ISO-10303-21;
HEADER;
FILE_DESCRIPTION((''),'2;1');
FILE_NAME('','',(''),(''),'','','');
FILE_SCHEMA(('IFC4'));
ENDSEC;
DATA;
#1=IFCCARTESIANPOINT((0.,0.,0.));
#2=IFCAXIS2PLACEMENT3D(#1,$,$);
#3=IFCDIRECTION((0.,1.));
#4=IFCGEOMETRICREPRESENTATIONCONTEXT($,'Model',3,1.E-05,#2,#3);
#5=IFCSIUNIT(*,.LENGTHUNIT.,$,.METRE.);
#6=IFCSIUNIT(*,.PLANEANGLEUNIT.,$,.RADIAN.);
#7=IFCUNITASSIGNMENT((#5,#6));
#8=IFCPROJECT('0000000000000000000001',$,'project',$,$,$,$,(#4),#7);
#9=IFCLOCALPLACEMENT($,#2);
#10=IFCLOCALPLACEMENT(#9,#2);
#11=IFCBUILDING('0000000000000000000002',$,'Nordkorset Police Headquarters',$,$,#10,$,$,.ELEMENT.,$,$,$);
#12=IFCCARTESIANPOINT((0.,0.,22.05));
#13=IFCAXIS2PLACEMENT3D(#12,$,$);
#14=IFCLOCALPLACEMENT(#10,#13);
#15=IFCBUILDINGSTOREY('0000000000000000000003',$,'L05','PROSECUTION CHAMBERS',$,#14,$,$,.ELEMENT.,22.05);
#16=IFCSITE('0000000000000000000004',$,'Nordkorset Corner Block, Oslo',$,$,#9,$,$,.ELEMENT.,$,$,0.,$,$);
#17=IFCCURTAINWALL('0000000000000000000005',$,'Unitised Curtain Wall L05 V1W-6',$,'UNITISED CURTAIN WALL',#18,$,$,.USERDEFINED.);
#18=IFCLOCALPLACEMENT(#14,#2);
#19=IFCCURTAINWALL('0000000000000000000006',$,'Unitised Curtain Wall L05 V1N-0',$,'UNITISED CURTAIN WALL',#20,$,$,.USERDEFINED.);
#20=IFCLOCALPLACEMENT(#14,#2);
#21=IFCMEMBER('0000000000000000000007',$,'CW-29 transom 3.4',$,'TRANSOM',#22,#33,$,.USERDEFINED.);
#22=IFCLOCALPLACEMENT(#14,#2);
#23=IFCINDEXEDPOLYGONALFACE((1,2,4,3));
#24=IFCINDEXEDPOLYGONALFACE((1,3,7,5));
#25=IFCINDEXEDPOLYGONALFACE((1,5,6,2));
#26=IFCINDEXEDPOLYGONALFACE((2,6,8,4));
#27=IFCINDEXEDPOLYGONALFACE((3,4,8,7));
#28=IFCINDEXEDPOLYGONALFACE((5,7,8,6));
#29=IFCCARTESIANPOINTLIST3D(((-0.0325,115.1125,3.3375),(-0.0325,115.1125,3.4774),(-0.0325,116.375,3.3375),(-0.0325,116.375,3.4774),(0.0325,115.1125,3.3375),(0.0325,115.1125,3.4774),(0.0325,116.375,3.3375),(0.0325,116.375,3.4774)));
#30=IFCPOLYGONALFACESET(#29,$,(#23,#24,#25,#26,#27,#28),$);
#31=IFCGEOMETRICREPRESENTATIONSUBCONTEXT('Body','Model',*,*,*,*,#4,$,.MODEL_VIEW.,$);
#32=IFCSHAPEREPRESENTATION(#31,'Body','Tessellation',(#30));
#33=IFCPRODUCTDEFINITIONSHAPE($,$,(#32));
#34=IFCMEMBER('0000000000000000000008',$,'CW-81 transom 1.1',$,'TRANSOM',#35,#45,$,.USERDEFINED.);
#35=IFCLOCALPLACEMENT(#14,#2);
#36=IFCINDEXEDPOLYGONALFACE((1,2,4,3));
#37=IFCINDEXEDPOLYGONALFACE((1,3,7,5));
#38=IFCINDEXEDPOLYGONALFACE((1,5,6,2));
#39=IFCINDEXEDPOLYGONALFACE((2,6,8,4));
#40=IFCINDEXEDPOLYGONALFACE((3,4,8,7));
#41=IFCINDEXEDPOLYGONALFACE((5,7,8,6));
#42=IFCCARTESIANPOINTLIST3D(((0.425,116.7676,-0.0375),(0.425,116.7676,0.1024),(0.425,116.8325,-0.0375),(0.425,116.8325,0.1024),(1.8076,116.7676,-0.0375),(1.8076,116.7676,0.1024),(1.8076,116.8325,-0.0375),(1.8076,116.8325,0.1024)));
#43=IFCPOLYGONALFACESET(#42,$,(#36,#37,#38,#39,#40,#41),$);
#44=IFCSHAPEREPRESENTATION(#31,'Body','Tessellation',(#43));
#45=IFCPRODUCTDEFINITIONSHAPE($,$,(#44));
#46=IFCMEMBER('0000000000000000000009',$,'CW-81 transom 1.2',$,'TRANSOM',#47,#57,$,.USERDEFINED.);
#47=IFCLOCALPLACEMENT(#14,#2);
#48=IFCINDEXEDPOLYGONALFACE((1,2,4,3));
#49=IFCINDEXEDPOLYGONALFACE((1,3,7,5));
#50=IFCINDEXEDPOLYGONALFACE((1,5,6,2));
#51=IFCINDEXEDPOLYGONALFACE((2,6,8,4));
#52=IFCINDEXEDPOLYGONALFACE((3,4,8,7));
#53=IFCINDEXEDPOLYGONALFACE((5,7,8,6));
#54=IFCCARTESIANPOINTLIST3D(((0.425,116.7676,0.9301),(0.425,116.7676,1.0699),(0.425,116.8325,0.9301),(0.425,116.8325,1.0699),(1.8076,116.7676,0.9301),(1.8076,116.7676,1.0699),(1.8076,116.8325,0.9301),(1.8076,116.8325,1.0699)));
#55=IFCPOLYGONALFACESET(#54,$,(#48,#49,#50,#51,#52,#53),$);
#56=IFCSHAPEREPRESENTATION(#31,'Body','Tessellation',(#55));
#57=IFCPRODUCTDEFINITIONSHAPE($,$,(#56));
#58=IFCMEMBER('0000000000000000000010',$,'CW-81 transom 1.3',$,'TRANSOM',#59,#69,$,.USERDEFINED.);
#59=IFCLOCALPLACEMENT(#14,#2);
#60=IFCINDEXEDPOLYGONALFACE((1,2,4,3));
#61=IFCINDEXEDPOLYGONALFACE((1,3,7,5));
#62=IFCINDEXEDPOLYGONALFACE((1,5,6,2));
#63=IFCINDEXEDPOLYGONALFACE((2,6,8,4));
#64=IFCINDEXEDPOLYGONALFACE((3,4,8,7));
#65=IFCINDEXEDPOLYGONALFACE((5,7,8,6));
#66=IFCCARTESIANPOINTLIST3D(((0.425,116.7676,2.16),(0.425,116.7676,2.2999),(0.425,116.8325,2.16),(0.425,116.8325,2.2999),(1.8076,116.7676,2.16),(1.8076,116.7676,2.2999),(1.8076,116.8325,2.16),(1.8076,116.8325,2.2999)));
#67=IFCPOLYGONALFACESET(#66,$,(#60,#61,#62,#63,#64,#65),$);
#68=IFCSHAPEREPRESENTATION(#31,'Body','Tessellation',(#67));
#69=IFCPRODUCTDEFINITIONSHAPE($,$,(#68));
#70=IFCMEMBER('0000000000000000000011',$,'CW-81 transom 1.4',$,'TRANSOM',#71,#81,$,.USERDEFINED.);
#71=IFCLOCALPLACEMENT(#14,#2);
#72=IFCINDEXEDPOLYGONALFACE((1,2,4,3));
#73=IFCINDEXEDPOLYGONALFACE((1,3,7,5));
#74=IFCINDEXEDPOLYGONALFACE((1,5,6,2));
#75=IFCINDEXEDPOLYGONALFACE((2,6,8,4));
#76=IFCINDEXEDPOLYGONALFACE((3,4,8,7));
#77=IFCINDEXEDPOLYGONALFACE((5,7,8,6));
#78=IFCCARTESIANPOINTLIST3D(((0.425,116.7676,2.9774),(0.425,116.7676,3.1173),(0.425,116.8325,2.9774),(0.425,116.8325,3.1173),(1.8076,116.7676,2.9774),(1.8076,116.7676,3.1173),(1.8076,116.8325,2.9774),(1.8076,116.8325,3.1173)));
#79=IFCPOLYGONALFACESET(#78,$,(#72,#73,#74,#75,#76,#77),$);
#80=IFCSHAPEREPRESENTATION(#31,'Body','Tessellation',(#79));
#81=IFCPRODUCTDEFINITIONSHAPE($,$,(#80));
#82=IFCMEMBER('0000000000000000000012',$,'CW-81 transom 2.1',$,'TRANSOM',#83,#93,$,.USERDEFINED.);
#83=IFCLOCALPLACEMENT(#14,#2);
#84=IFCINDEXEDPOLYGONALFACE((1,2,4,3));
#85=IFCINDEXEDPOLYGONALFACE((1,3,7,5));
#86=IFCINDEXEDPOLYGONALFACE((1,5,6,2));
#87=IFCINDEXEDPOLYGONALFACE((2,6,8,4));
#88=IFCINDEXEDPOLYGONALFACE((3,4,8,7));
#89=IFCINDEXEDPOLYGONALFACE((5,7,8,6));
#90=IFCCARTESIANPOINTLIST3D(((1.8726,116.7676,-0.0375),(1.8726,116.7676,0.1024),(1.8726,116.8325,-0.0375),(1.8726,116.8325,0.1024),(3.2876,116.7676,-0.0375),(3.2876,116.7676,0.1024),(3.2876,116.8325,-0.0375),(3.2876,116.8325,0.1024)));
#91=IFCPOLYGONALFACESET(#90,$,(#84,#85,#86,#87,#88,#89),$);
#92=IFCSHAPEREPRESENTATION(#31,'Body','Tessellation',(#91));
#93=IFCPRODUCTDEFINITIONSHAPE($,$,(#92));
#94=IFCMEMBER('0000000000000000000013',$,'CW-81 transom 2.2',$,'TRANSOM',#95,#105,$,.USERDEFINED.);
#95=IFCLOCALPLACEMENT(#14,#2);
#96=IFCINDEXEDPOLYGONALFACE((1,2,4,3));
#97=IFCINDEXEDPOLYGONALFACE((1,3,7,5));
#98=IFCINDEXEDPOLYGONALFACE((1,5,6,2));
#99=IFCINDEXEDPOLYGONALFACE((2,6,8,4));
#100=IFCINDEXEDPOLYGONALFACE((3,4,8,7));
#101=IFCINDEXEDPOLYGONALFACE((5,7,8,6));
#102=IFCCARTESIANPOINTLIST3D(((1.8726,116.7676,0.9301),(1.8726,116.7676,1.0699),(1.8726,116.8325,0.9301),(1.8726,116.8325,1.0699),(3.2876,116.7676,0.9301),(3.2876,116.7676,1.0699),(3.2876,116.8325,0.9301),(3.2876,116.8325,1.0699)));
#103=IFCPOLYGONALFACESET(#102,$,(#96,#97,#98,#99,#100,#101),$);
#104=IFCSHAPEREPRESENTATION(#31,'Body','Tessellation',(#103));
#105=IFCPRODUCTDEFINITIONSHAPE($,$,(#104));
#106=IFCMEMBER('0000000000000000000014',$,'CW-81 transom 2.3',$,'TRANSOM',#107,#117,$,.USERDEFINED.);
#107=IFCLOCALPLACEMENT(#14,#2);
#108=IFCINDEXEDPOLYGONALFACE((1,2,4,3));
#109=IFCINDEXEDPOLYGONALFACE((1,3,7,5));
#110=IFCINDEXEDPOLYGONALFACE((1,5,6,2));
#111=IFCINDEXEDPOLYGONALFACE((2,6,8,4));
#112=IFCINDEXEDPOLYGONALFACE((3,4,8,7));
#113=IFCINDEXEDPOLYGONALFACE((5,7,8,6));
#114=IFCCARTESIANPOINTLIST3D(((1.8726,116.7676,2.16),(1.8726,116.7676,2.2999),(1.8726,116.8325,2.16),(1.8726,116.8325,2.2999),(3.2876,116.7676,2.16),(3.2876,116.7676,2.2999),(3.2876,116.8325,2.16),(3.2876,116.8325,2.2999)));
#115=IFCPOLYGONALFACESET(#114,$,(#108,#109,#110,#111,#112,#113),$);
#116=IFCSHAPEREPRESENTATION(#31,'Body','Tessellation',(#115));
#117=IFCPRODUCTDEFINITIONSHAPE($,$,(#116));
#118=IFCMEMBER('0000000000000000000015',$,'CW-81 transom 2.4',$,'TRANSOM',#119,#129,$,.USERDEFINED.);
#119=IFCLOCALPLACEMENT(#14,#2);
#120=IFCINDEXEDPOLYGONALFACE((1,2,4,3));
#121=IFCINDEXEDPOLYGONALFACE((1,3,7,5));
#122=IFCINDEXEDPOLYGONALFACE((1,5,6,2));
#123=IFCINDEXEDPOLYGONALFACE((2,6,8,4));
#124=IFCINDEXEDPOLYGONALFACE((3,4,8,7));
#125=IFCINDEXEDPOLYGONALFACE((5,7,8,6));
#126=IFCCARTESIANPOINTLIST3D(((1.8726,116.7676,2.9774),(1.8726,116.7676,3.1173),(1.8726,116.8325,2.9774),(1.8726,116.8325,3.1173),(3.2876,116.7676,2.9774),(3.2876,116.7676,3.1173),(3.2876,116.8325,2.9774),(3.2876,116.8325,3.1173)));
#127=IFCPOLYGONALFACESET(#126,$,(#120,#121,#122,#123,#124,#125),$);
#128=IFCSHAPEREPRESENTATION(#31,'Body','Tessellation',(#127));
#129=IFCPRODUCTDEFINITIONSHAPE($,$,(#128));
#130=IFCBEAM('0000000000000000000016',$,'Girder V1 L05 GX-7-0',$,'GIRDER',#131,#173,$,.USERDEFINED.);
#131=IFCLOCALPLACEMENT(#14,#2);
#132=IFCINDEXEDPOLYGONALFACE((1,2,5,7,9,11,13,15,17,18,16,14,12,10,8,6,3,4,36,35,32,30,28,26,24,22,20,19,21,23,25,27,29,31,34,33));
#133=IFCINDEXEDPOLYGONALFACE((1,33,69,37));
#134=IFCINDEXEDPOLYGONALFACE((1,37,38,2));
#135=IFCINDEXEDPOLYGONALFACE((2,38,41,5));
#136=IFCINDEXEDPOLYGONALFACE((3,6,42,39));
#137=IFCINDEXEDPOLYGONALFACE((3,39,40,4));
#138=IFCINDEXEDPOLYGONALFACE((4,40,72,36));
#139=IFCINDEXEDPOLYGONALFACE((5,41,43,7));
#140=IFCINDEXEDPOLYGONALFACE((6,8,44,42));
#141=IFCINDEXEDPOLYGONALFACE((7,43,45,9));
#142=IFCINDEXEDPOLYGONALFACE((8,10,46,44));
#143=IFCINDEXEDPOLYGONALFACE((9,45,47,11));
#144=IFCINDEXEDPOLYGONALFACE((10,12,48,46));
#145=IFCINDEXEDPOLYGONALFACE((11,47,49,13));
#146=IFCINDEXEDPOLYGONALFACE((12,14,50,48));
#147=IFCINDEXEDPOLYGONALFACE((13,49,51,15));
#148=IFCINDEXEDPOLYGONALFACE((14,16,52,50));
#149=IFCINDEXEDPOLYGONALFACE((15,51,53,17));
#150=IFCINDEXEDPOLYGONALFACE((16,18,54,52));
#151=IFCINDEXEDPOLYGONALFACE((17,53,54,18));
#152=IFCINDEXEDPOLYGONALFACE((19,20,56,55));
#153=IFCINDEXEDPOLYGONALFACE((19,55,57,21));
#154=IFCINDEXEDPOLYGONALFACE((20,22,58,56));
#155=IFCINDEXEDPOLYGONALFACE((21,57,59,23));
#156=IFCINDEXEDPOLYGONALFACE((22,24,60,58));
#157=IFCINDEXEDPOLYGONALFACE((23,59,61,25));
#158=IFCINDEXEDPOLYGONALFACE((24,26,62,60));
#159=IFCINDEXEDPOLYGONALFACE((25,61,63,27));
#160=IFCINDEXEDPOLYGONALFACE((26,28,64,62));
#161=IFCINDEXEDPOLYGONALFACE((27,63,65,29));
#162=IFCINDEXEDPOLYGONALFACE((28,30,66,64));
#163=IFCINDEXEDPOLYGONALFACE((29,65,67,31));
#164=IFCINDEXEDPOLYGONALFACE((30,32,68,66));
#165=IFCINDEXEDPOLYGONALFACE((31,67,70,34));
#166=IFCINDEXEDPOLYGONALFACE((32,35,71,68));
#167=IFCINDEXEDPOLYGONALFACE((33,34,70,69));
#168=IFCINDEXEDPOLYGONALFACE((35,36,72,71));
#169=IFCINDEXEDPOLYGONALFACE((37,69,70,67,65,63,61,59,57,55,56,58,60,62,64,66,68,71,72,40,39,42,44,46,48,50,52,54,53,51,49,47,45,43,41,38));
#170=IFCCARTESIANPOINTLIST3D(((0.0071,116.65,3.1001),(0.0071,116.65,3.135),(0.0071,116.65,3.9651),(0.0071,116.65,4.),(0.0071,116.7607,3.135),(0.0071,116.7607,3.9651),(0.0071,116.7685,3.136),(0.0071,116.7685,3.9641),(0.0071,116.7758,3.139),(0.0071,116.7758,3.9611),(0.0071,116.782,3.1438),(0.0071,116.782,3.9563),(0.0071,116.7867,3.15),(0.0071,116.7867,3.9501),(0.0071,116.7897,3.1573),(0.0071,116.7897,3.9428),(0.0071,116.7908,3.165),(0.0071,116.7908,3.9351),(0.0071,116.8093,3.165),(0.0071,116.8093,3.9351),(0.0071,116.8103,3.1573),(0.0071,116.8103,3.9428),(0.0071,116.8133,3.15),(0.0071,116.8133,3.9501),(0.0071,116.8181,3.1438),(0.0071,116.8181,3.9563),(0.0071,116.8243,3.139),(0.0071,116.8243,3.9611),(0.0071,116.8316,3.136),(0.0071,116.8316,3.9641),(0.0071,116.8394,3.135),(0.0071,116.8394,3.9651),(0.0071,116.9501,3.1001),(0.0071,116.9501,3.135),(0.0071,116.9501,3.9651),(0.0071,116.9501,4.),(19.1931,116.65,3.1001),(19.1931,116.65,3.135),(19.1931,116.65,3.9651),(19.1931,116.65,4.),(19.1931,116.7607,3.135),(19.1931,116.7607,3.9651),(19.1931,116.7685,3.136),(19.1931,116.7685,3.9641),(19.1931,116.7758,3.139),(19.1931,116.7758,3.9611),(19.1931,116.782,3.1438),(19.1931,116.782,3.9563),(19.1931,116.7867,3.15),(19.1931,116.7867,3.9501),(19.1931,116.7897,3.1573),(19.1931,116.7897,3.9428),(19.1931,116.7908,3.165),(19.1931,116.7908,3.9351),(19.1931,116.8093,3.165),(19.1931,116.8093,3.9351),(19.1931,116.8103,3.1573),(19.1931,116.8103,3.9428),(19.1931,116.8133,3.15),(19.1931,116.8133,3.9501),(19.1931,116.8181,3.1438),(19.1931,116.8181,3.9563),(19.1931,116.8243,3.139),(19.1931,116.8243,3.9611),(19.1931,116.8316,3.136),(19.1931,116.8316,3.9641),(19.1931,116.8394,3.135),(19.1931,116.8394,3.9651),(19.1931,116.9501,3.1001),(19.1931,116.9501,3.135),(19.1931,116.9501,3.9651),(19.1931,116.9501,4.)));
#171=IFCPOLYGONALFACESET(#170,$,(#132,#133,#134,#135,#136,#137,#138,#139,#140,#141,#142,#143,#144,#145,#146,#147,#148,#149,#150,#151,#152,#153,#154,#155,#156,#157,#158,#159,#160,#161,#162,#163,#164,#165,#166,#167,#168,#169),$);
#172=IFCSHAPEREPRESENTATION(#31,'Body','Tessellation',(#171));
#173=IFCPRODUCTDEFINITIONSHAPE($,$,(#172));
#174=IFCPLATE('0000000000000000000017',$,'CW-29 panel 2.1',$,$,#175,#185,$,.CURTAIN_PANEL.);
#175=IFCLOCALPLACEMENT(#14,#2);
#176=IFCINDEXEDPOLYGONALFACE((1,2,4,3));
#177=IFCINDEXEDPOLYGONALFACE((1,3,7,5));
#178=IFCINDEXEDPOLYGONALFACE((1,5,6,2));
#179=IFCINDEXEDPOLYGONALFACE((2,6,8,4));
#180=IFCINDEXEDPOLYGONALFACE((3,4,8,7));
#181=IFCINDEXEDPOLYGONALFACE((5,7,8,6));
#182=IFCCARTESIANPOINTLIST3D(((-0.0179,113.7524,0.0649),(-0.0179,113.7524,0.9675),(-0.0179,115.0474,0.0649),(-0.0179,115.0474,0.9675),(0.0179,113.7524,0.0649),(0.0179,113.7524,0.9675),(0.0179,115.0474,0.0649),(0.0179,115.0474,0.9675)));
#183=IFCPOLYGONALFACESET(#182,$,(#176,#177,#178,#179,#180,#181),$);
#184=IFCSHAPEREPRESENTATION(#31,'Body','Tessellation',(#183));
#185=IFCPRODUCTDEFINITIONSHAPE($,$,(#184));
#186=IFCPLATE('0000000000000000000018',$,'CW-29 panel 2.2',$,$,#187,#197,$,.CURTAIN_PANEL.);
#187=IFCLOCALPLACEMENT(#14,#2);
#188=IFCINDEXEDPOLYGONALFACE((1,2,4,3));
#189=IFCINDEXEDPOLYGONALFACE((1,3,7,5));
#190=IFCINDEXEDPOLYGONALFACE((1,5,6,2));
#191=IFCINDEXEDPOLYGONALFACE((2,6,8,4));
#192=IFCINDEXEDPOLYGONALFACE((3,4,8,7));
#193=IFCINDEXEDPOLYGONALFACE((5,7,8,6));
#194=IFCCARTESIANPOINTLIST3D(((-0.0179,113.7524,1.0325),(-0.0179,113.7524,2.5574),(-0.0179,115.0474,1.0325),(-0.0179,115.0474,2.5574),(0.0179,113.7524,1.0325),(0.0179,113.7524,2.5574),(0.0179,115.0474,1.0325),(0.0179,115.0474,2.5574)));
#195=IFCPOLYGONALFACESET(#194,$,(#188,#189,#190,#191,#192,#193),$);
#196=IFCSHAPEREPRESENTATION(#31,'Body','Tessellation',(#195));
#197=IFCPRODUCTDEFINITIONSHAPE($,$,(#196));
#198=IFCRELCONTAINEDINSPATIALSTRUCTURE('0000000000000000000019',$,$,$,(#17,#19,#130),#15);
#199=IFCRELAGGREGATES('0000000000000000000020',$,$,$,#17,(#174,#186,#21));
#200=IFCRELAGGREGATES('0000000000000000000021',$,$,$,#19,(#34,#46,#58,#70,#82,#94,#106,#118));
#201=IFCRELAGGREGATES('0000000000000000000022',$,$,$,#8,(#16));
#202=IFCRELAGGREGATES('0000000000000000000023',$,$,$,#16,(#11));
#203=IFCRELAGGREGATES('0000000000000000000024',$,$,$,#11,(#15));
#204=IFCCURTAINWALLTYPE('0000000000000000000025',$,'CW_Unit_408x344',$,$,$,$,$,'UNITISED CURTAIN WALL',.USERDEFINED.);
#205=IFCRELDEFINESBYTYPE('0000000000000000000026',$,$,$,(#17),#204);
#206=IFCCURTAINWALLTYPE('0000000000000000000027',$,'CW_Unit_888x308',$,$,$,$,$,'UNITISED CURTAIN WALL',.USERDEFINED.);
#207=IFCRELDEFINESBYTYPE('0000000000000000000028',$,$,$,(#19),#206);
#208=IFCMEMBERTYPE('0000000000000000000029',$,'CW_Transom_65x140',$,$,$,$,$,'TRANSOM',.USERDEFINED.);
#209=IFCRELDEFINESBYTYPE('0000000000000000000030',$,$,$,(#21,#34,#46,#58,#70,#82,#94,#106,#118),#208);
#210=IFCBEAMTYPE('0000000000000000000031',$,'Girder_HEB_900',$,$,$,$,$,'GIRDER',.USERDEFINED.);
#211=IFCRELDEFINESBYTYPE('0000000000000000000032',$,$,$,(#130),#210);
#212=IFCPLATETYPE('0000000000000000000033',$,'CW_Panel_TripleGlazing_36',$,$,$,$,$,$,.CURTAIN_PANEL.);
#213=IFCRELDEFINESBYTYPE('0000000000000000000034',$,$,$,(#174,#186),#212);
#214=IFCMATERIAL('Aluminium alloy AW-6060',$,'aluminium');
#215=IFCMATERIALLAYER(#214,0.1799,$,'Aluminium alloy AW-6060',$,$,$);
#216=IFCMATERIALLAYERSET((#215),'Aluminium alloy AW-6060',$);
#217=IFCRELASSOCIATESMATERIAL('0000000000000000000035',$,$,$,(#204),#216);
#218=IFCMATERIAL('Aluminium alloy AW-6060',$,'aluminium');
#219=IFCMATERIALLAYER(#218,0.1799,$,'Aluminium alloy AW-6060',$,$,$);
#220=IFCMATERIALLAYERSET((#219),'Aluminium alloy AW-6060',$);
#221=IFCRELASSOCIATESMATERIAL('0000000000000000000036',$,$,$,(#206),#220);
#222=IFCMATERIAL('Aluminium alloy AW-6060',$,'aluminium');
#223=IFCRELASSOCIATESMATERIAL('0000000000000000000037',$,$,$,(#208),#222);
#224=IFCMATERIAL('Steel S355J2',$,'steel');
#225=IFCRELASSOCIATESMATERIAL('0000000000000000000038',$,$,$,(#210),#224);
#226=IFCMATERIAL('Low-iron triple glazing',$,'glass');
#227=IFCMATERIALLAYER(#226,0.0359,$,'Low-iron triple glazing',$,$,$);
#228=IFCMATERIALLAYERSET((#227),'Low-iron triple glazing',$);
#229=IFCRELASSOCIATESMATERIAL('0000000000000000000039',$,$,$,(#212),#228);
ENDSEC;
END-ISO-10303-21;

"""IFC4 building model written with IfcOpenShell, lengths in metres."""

from ifc_helpers import new_model, si_unit, direction, frame, origin, origin_2d, place, context, subcontext, project, spatial, rectangle, i_section, extrude, material, layer, layer_set, material_profile, profile_set, type_object, element, aggregate, save


model = new_model("IFC4")

# Units and contexts
model_context = context("Model", 3, precision=1e-05, world=origin(), true_north=direction((0.0, 1.0)))
body_context = subcontext(model_context, "Body", "Model", "MODEL_VIEW")
ifc_project = project(units=[si_unit("LENGTHUNIT", "METRE"), si_unit("PLANEANGLEUNIT", "RADIAN")], contexts=[model_context])

# Site, building, storey
site_placement = place(None, origin())
site = spatial("IfcSite", under=ifc_project, at=site_placement, Name="Nordkorset Corner Block, Oslo", CompositionType="ELEMENT", RefElevation=0.0)
building_placement = place(site_placement, origin())
building = spatial("IfcBuilding", under=site, at=building_placement, Name="Nordkorset Police Headquarters", CompositionType="ELEMENT")
storey_placement = place(building_placement, frame((0.0, 0.0, 22.05)))
storey = spatial("IfcBuildingStorey", under=building, at=storey_placement, Name="L05", Description="PROSECUTION CHAMBERS", CompositionType="ELEMENT", Elevation=22.05)

# Curtain walls
ifc_material_1 = material(Name="Aluminium alloy AW-6060", Category="aluminium")
ifc_layer_1 = layer(ifc_material_1, 0.1799, Name="Aluminium alloy AW-6060")
ifc_layer_set_1 = layer_set([ifc_layer_1], Name="Aluminium alloy AW-6060")
curtain_wall_type_1 = type_object("IfcCurtainWallType", Name="CW_Unit_408x344", ElementType="UNITISED CURTAIN WALL", PredefinedType="USERDEFINED", material=ifc_layer_set_1)
curtain_wall_1_placement = place(storey_placement, origin())
curtain_wall_1 = element("IfcCurtainWall", 1, at=curtain_wall_1_placement, inside=storey, type_object=curtain_wall_type_1, Name="Unitised Curtain Wall L05 V1W-6", ObjectType="UNITISED CURTAIN WALL", PredefinedType="USERDEFINED")
ifc_material_2 = material(Name="Aluminium alloy AW-6060", Category="aluminium")
ifc_layer_2 = layer(ifc_material_2, 0.1799, Name="Aluminium alloy AW-6060")
ifc_layer_set_2 = layer_set([ifc_layer_2], Name="Aluminium alloy AW-6060")
curtain_wall_type_2 = type_object("IfcCurtainWallType", Name="CW_Unit_888x308", ElementType="UNITISED CURTAIN WALL", PredefinedType="USERDEFINED", material=ifc_layer_set_2)
curtain_wall_2_placement = place(storey_placement, origin())
curtain_wall_2 = element("IfcCurtainWall", 2, at=curtain_wall_2_placement, inside=storey, type_object=curtain_wall_type_2, Name="Unitised Curtain Wall L05 V1N-0", ObjectType="UNITISED CURTAIN WALL", PredefinedType="USERDEFINED")

# Members
ifc_material_3 = material(Name="Aluminium alloy AW-6060", Category="aluminium")
ifc_material_profile_1 = material_profile(ifc_material_3, rectangle(XDim=0.0649, YDim=0.1399, at=origin_2d()), Name="ALU TRAN 65x140")
ifc_profile_set_1 = profile_set([ifc_material_profile_1], Name="Aluminium alloy AW-6060")
member_type_1 = type_object("IfcMemberType", Name="CW_Transom_65x140", ElementType="TRANSOM", PredefinedType="USERDEFINED", material=ifc_profile_set_1)
member_1_placement = place(storey_placement, frame((0.0, 115.1125, 3.4075), z_axis=(0.0, 1.0, 0.0), x_axis=(-1.0, 0.0, 0.0)))
member_1 = element("IfcMember", 3, at=member_1_placement, type_object=member_type_1, Name="CW-29 transom 3.4", ObjectType="TRANSOM", PredefinedType="USERDEFINED", context=body_context, shape_type="SweptSolid", body=[
    extrude(rectangle(XDim=0.0649, YDim=0.1399, at=origin_2d()), origin(), (0.0, 0.0, 1.0), 1.2625),
])
member_2_placement = place(storey_placement, frame((0.425, 116.8, 0.0325), z_axis=(1.0, 0.0, 0.0), x_axis=(0.0, 1.0, 0.0)))
member_2 = element("IfcMember", 4, at=member_2_placement, type_object=member_type_1, Name="CW-81 transom 1.1", ObjectType="TRANSOM", PredefinedType="USERDEFINED", context=body_context, shape_type="SweptSolid", body=[
    extrude(rectangle(XDim=0.0649, YDim=0.1399, at=origin_2d()), origin(), (0.0, 0.0, 1.0), 1.3826),
])
member_3_placement = place(storey_placement, frame((0.425, 116.8, 1.0), z_axis=(1.0, 0.0, 0.0), x_axis=(0.0, 1.0, 0.0)))
member_3 = element("IfcMember", 5, at=member_3_placement, type_object=member_type_1, Name="CW-81 transom 1.2", ObjectType="TRANSOM", PredefinedType="USERDEFINED", context=body_context, shape_type="SweptSolid", body=[
    extrude(rectangle(XDim=0.0649, YDim=0.1399, at=origin_2d()), origin(), (0.0, 0.0, 1.0), 1.3826),
])
member_4_placement = place(storey_placement, frame((0.425, 116.8, 2.23), z_axis=(1.0, 0.0, 0.0), x_axis=(0.0, 1.0, 0.0)))
member_4 = element("IfcMember", 6, at=member_4_placement, type_object=member_type_1, Name="CW-81 transom 1.3", ObjectType="TRANSOM", PredefinedType="USERDEFINED", context=body_context, shape_type="SweptSolid", body=[
    extrude(rectangle(XDim=0.0649, YDim=0.1399, at=origin_2d()), origin(), (0.0, 0.0, 1.0), 1.3826),
])
member_5_placement = place(storey_placement, frame((0.425, 116.8, 3.0474), z_axis=(1.0, 0.0, 0.0), x_axis=(0.0, 1.0, 0.0)))
member_5 = element("IfcMember", 7, at=member_5_placement, type_object=member_type_1, Name="CW-81 transom 1.4", ObjectType="TRANSOM", PredefinedType="USERDEFINED", context=body_context, shape_type="SweptSolid", body=[
    extrude(rectangle(XDim=0.0649, YDim=0.1399, at=origin_2d()), origin(), (0.0, 0.0, 1.0), 1.3826),
])
member_6_placement = place(storey_placement, frame((1.8726, 116.8, 0.0325), z_axis=(1.0, 0.0, 0.0), x_axis=(0.0, 1.0, 0.0)))
member_6 = element("IfcMember", 8, at=member_6_placement, type_object=member_type_1, Name="CW-81 transom 2.1", ObjectType="TRANSOM", PredefinedType="USERDEFINED", context=body_context, shape_type="SweptSolid", body=[
    extrude(rectangle(XDim=0.0649, YDim=0.1399, at=origin_2d()), origin(), (0.0, 0.0, 1.0), 1.415),
])
member_7_placement = place(storey_placement, frame((1.8726, 116.8, 1.0), z_axis=(1.0, 0.0, 0.0), x_axis=(0.0, 1.0, 0.0)))
member_7 = element("IfcMember", 9, at=member_7_placement, type_object=member_type_1, Name="CW-81 transom 2.2", ObjectType="TRANSOM", PredefinedType="USERDEFINED", context=body_context, shape_type="SweptSolid", body=[
    extrude(rectangle(XDim=0.0649, YDim=0.1399, at=origin_2d()), origin(), (0.0, 0.0, 1.0), 1.415),
])
member_8_placement = place(storey_placement, frame((1.8726, 116.8, 2.23), z_axis=(1.0, 0.0, 0.0), x_axis=(0.0, 1.0, 0.0)))
member_8 = element("IfcMember", 10, at=member_8_placement, type_object=member_type_1, Name="CW-81 transom 2.3", ObjectType="TRANSOM", PredefinedType="USERDEFINED", context=body_context, shape_type="SweptSolid", body=[
    extrude(rectangle(XDim=0.0649, YDim=0.1399, at=origin_2d()), origin(), (0.0, 0.0, 1.0), 1.415),
])
member_9_placement = place(storey_placement, frame((1.8726, 116.8, 3.0474), z_axis=(1.0, 0.0, 0.0), x_axis=(0.0, 1.0, 0.0)))
member_9 = element("IfcMember", 11, at=member_9_placement, type_object=member_type_1, Name="CW-81 transom 2.4", ObjectType="TRANSOM", PredefinedType="USERDEFINED", context=body_context, shape_type="SweptSolid", body=[
    extrude(rectangle(XDim=0.0649, YDim=0.1399, at=origin_2d()), origin(), (0.0, 0.0, 1.0), 1.415),
])

# Beam
ifc_material_4 = material(Name="Steel S355J2", Category="steel")
ifc_material_profile_2 = material_profile(ifc_material_4, i_section(OverallWidth=0.3, OverallDepth=0.8999, WebThickness=0.0186, FlangeThickness=0.0349, FilletRadius=0.03, at=origin_2d()), Name="HEB 900")
ifc_profile_set_2 = profile_set([ifc_material_profile_2], Name="Steel S355J2")
beam_type_1 = type_object("IfcBeamType", Name="Girder_HEB_900", ElementType="GIRDER", PredefinedType="USERDEFINED", material=ifc_profile_set_2)
beam_1_placement = place(storey_placement, frame((0.0071, 116.8, 3.55), z_axis=(1.0, 0.0, 0.0), x_axis=(0.0, 1.0, 0.0)))
element("IfcBeam", 12, at=beam_1_placement, inside=storey, type_object=beam_type_1, Name="Girder V1 L05 GX-7-0", ObjectType="GIRDER", PredefinedType="USERDEFINED", context=body_context, shape_type="SweptSolid", body=[
    extrude(i_section(OverallWidth=0.3, OverallDepth=0.8999, WebThickness=0.0186, FlangeThickness=0.0349, FilletRadius=0.03, at=origin_2d()), origin(), (0.0, 0.0, 1.0), 19.186),
])

# Plates
ifc_material_5 = material(Name="Low-iron triple glazing", Category="glass")
ifc_layer_3 = layer(ifc_material_5, 0.0359, Name="Low-iron triple glazing")
ifc_layer_set_3 = layer_set([ifc_layer_3], Name="Low-iron triple glazing")
plate_type = type_object("IfcPlateType", Name="CW_Panel_TripleGlazing_36", PredefinedType="CURTAIN_PANEL", material=ifc_layer_set_3)
plate_1_placement = place(storey_placement, frame((0.0, 114.3999, 0.0649), z_axis=(0.0, 0.0, 1.0), x_axis=(0.0, 1.0, 0.0)))
plate_1 = element("IfcPlate", 13, at=plate_1_placement, type_object=plate_type, Name="CW-29 panel 2.1", PredefinedType="CURTAIN_PANEL", context=body_context, shape_type="SweptSolid", body=[
    extrude(rectangle(XDim=1.2949, YDim=0.0359, at=origin_2d()), origin(), (0.0, 0.0, 1.0), 0.9026),
])
plate_2_placement = place(storey_placement, frame((0.0, 114.3999, 1.0325), z_axis=(0.0, 0.0, 1.0), x_axis=(0.0, 1.0, 0.0)))
plate_2 = element("IfcPlate", 14, at=plate_2_placement, type_object=plate_type, Name="CW-29 panel 2.2", PredefinedType="CURTAIN_PANEL", context=body_context, shape_type="SweptSolid", body=[
    extrude(rectangle(XDim=1.2949, YDim=0.0359, at=origin_2d()), origin(), (0.0, 0.0, 1.0), 1.5249),
])
aggregate(curtain_wall_1, [plate_1, plate_2, member_1])
aggregate(curtain_wall_2, [member_2, member_3, member_4, member_5, member_6, member_7, member_8, member_9])

save(model, "model.ifc")
